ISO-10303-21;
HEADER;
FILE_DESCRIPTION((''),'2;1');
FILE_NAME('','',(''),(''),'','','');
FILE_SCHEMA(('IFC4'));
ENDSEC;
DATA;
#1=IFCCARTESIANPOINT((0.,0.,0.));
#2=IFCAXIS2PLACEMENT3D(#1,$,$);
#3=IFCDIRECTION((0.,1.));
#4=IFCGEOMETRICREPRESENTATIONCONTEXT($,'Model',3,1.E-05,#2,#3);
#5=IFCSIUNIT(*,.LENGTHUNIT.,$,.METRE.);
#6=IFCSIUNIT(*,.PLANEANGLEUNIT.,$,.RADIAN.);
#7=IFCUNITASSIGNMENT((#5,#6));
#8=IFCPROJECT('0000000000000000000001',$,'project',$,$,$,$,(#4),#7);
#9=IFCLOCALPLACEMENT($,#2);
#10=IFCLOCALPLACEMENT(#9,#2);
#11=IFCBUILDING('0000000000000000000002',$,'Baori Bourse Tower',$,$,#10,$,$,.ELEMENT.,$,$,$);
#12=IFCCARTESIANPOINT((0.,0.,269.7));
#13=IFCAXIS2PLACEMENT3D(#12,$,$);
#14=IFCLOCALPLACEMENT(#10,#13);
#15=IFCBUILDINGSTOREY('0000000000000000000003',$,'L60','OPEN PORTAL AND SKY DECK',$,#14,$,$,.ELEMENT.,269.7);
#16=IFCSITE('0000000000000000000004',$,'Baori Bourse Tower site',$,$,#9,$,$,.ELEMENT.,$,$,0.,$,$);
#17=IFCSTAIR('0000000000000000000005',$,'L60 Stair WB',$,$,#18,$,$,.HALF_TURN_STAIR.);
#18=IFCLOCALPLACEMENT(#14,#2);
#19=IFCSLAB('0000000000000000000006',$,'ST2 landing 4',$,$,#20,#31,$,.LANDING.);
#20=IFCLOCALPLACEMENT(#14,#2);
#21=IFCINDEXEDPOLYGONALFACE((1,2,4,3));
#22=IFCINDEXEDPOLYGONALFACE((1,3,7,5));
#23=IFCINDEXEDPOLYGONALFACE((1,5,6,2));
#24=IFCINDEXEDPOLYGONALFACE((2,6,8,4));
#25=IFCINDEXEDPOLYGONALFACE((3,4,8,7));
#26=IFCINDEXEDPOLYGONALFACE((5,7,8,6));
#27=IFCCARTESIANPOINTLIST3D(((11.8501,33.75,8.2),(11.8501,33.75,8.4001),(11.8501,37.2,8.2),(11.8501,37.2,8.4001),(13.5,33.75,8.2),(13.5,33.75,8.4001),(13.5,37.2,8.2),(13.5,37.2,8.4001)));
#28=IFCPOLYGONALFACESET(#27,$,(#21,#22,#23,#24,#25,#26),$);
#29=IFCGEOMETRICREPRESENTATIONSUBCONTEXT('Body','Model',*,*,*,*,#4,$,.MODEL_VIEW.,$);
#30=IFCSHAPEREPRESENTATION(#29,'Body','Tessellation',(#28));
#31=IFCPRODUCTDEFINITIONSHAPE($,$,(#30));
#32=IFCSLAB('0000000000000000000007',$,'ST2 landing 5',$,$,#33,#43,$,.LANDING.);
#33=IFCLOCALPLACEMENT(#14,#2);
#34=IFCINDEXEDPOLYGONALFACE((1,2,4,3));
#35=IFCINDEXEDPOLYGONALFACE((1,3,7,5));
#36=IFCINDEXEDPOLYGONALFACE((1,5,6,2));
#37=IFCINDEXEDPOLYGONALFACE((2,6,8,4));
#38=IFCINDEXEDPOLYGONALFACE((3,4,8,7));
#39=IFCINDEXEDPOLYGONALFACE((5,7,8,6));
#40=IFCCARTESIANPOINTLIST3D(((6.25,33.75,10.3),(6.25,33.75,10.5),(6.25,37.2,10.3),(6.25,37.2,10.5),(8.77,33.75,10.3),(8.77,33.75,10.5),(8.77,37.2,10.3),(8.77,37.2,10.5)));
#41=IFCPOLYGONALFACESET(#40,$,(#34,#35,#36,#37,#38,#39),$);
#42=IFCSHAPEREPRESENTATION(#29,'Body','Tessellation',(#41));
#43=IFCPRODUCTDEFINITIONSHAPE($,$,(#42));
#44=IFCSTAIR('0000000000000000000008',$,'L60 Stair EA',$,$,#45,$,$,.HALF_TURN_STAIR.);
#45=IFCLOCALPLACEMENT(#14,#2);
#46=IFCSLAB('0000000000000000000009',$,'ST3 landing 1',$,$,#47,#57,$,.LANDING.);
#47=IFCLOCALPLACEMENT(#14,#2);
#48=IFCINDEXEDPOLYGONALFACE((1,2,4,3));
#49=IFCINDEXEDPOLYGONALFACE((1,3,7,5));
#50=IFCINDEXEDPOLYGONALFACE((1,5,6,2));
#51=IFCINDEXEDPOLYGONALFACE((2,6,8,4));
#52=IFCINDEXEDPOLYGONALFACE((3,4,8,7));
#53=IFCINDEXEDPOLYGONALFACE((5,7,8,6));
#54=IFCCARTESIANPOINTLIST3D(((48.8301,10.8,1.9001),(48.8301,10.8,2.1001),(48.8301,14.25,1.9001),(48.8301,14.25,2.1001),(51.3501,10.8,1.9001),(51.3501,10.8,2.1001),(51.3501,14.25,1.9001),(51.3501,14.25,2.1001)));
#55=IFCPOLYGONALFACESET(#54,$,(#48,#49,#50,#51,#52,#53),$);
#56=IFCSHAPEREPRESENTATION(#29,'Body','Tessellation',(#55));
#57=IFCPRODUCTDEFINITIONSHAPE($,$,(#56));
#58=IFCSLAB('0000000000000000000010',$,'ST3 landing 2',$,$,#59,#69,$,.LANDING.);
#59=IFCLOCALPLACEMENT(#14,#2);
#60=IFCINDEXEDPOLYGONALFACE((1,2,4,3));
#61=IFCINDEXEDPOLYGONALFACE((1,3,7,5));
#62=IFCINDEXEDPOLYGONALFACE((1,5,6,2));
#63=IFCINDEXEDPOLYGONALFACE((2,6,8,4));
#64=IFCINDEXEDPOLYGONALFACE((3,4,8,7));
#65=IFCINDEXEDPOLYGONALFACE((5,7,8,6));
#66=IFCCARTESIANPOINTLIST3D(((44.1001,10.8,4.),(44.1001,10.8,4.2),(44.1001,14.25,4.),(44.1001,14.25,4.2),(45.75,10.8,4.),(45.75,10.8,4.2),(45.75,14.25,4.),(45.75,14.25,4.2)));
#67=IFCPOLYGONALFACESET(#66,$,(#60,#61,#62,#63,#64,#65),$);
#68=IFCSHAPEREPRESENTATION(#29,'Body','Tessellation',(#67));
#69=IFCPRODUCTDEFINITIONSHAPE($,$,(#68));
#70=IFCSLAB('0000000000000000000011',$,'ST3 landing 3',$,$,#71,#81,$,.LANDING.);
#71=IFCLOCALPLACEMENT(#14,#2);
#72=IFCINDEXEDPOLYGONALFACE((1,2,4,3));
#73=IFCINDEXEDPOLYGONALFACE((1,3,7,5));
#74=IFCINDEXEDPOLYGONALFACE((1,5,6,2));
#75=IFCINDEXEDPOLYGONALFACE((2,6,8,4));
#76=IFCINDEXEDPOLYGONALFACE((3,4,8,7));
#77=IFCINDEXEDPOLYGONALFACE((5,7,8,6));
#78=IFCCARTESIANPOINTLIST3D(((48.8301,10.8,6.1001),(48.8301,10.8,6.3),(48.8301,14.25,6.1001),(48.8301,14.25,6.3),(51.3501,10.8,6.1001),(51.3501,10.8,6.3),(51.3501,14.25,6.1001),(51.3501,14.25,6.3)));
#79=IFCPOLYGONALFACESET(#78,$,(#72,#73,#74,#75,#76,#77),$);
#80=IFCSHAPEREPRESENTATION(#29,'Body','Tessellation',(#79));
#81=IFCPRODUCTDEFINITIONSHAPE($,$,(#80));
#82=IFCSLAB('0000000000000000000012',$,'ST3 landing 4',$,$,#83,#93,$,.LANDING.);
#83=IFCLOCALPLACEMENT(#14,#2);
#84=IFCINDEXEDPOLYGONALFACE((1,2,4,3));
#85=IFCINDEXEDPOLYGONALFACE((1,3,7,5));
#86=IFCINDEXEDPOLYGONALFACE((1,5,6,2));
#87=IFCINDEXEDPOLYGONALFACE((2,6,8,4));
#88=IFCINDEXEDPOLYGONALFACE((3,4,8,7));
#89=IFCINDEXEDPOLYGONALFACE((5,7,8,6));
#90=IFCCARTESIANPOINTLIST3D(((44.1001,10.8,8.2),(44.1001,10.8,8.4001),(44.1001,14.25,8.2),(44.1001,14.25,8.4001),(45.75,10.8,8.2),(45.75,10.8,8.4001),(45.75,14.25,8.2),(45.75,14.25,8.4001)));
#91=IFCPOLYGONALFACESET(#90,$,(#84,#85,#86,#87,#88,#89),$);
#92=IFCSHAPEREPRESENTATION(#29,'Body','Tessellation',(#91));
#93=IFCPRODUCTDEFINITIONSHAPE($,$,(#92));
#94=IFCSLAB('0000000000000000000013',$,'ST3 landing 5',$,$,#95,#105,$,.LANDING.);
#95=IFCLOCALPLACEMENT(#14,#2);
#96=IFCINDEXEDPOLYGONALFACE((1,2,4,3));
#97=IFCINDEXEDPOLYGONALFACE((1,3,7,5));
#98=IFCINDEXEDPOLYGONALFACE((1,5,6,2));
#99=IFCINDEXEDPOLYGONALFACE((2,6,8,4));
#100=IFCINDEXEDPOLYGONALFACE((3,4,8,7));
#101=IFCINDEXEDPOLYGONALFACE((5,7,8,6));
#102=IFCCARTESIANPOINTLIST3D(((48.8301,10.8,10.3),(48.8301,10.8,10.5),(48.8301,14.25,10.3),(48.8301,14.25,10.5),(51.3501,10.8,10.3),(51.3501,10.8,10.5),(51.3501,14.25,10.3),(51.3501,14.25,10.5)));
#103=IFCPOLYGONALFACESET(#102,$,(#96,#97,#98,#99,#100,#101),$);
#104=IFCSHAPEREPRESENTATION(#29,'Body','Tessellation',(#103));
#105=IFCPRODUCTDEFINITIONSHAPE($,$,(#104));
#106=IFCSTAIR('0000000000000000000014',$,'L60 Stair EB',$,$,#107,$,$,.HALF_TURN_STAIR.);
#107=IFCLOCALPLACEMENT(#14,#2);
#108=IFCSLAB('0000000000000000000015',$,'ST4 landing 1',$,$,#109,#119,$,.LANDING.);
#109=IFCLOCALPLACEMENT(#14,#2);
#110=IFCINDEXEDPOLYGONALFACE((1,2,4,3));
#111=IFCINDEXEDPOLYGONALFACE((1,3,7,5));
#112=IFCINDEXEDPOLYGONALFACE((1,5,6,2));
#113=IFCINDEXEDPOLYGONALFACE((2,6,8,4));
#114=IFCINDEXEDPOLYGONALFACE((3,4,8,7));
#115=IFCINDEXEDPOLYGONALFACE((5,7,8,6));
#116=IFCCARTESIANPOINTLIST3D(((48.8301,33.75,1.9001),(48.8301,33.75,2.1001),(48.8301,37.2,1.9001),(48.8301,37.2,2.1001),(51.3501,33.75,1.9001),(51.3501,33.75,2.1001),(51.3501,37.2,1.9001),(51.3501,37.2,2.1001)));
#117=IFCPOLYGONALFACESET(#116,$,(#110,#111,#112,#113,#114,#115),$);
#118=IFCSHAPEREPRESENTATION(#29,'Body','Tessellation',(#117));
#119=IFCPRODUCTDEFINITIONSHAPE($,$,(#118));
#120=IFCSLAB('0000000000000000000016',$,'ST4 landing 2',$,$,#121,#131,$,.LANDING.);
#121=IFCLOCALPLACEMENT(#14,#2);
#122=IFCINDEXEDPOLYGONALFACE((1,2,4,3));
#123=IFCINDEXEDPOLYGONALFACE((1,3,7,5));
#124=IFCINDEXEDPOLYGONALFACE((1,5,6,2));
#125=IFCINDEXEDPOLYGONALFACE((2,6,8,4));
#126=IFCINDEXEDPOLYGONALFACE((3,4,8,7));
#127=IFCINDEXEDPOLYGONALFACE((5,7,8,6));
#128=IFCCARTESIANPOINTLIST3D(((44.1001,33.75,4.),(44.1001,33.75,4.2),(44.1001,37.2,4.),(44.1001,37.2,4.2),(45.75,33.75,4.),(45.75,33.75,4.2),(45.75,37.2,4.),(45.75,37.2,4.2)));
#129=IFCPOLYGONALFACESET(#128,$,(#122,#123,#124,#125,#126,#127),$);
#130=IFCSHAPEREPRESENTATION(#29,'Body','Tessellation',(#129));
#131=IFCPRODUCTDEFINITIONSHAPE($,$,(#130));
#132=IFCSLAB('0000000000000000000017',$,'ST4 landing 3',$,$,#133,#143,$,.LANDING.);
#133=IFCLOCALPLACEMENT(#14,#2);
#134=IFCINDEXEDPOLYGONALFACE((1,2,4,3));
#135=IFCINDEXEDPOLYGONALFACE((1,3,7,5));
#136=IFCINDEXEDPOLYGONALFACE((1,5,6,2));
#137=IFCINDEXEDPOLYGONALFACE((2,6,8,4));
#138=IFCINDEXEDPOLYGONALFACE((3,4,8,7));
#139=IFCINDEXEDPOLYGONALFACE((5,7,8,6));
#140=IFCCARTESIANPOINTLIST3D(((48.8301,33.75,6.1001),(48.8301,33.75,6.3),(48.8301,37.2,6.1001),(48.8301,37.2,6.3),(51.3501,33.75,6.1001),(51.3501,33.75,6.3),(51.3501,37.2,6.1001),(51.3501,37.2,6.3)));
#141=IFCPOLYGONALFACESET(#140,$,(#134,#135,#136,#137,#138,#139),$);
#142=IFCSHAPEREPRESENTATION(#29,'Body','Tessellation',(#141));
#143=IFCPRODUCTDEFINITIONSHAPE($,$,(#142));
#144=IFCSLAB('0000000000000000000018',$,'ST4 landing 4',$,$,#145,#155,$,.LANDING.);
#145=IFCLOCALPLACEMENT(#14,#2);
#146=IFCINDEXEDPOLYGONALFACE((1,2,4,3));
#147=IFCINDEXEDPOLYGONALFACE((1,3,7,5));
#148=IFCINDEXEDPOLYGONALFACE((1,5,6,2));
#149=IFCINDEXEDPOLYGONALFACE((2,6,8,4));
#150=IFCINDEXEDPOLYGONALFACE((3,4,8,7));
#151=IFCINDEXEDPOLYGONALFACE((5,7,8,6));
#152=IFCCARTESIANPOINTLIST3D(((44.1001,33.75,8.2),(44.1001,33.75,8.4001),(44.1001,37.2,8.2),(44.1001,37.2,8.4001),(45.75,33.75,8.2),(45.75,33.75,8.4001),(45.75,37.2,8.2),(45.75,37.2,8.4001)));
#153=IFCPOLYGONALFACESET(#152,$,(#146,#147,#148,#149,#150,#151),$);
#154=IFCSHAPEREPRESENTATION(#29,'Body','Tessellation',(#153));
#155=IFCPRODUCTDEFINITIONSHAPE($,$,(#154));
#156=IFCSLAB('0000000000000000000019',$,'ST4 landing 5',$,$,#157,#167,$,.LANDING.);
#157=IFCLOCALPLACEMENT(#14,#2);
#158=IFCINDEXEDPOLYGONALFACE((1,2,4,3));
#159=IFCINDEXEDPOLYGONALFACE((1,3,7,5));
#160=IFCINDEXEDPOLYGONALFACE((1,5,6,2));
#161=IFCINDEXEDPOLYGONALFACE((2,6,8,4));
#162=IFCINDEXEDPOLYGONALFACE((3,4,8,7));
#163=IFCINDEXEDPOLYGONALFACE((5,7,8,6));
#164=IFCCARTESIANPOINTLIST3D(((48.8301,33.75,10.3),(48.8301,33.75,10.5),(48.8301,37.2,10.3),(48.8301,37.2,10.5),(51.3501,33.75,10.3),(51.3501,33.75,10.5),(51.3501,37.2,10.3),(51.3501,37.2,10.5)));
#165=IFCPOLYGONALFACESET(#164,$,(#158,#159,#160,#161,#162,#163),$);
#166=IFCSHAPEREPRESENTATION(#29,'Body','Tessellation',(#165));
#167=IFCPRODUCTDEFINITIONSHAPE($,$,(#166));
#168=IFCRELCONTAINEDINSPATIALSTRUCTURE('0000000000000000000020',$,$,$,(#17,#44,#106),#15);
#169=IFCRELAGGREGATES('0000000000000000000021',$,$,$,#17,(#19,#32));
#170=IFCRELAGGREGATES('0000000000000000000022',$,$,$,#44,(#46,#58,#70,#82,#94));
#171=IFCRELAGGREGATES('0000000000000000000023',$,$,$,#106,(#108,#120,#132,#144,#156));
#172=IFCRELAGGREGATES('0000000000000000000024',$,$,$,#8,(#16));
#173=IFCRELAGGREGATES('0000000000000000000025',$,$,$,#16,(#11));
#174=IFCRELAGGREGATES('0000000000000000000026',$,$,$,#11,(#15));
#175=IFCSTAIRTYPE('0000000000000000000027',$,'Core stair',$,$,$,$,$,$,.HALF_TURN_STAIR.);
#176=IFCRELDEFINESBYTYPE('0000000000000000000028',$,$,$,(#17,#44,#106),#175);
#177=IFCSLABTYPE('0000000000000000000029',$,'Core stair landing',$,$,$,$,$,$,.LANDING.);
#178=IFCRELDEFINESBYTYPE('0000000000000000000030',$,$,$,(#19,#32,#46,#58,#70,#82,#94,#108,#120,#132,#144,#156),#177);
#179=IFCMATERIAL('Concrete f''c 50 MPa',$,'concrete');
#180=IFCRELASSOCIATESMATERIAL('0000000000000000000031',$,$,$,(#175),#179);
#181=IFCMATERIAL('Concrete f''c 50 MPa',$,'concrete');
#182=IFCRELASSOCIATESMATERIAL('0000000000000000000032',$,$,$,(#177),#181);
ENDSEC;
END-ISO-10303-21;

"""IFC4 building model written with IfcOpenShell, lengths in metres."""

from ifc_helpers import new_model, si_unit, direction, frame, origin, place, context, subcontext, project, spatial, polyline, outline, extrude, material, type_object, element, aggregate, save


model = new_model("IFC4")

# Units and contexts
model_context = context("Model", 3, precision=1e-05, world=origin(), true_north=direction((0.0, 1.0)))
body_context = subcontext(model_context, "Body", "Model", "MODEL_VIEW")
ifc_project = project(units=[si_unit("LENGTHUNIT", "METRE"), si_unit("PLANEANGLEUNIT", "RADIAN")], contexts=[model_context])

# Site, building, storey
site_placement = place(None, origin())
site = spatial("IfcSite", under=ifc_project, at=site_placement, Name="Baori Bourse Tower site", CompositionType="ELEMENT", RefElevation=0.0)
building_placement = place(site_placement, origin())
building = spatial("IfcBuilding", under=site, at=building_placement, Name="Baori Bourse Tower", CompositionType="ELEMENT")
storey_placement = place(building_placement, frame((0.0, 0.0, 269.7)))
storey = spatial("IfcBuildingStorey", under=building, at=storey_placement, Name="L60", Description="OPEN PORTAL AND SKY DECK", CompositionType="ELEMENT", Elevation=269.7)

# Stairs, slabs
ifc_material_1 = material(Name="Concrete f'c 50 MPa", Category="concrete")
stair_type = type_object("IfcStairType", Name="Core stair", PredefinedType="HALF_TURN_STAIR", material=ifc_material_1)
ifc_material_2 = material(Name="Concrete f'c 50 MPa", Category="concrete")
slab_type_1 = type_object("IfcSlabType", Name="Core stair landing", PredefinedType="LANDING", material=ifc_material_2)
stair_1_placement = place(storey_placement, origin())
stair_1 = element("IfcStair", 1, at=stair_1_placement, inside=storey, type_object=stair_type, Name="L60 Stair WB", PredefinedType="HALF_TURN_STAIR")
slab_1_placement = place(storey_placement, frame((0.0, 0.0, 8.2)))
slab_1 = element("IfcSlab", 2, at=slab_1_placement, type_object=slab_type_1, Name="ST2 landing 4", PredefinedType="LANDING", context=body_context, shape_type="SweptSolid", body=[
    extrude(outline(polyline([(13.5, 37.2), (11.8501, 37.2), (11.8501, 33.75), (13.5, 33.75), (13.5, 37.2)])), origin(), (0.0, 0.0, 1.0), 0.2002),
])
slab_2_placement = place(storey_placement, frame((0.0, 0.0, 10.3)))
slab_2 = element("IfcSlab", 3, at=slab_2_placement, type_object=slab_type_1, Name="ST2 landing 5", PredefinedType="LANDING", context=body_context, shape_type="SweptSolid", body=[
    extrude(outline(polyline([(8.77, 37.2), (6.25, 37.2), (6.25, 33.75), (8.77, 33.75), (8.77, 37.2)])), origin(), (0.0, 0.0, 1.0), 0.2),
])
aggregate(stair_1, [slab_1, slab_2])
stair_2_placement = place(storey_placement, origin())
stair_2 = element("IfcStair", 4, at=stair_2_placement, inside=storey, type_object=stair_type, Name="L60 Stair EA", PredefinedType="HALF_TURN_STAIR")
slab_3_placement = place(storey_placement, frame((0.0, 0.0, 1.9001)))
slab_3 = element("IfcSlab", 5, at=slab_3_placement, type_object=slab_type_1, Name="ST3 landing 1", PredefinedType="LANDING", context=body_context, shape_type="SweptSolid", body=[
    extrude(outline(polyline([(48.8301, 10.8), (51.3501, 10.8), (51.3501, 14.25), (48.8301, 14.25), (48.8301, 10.8)])), origin(), (0.0, 0.0, 1.0), 0.2),
])
slab_4_placement = place(storey_placement, frame((0.0, 0.0, 4.0)))
slab_4 = element("IfcSlab", 6, at=slab_4_placement, type_object=slab_type_1, Name="ST3 landing 2", PredefinedType="LANDING", context=body_context, shape_type="SweptSolid", body=[
    extrude(outline(polyline([(44.1001, 10.8), (45.75, 10.8), (45.75, 14.25), (44.1001, 14.25), (44.1001, 10.8)])), origin(), (0.0, 0.0, 1.0), 0.2),
])
slab_5_placement = place(storey_placement, frame((0.0, 0.0, 6.1001)))
slab_5 = element("IfcSlab", 7, at=slab_5_placement, type_object=slab_type_1, Name="ST3 landing 3", PredefinedType="LANDING", context=body_context, shape_type="SweptSolid", body=[
    extrude(outline(polyline([(48.8301, 10.8), (51.3501, 10.8), (51.3501, 14.25), (48.8301, 14.25), (48.8301, 10.8)])), origin(), (0.0, 0.0, 1.0), 0.2),
])
slab_6_placement = place(storey_placement, frame((0.0, 0.0, 8.2)))
slab_6 = element("IfcSlab", 8, at=slab_6_placement, type_object=slab_type_1, Name="ST3 landing 4", PredefinedType="LANDING", context=body_context, shape_type="SweptSolid", body=[
    extrude(outline(polyline([(44.1001, 10.8), (45.75, 10.8), (45.75, 14.25), (44.1001, 14.25), (44.1001, 10.8)])), origin(), (0.0, 0.0, 1.0), 0.2002),
])
slab_7_placement = place(storey_placement, frame((0.0, 0.0, 10.3)))
slab_7 = element("IfcSlab", 9, at=slab_7_placement, type_object=slab_type_1, Name="ST3 landing 5", PredefinedType="LANDING", context=body_context, shape_type="SweptSolid", body=[
    extrude(outline(polyline([(48.8301, 10.8), (51.3501, 10.8), (51.3501, 14.25), (48.8301, 14.25), (48.8301, 10.8)])), origin(), (0.0, 0.0, 1.0), 0.2),
])
aggregate(stair_2, [slab_3, slab_4, slab_5, slab_6, slab_7])
stair_3_placement = place(storey_placement, origin())
stair_3 = element("IfcStair", 10, at=stair_3_placement, inside=storey, type_object=stair_type, Name="L60 Stair EB", PredefinedType="HALF_TURN_STAIR")
slab_8_placement = place(storey_placement, frame((0.0, 0.0, 1.9001)))
slab_8 = element("IfcSlab", 11, at=slab_8_placement, type_object=slab_type_1, Name="ST4 landing 1", PredefinedType="LANDING", context=body_context, shape_type="SweptSolid", body=[
    extrude(outline(polyline([(48.8301, 33.75), (51.3501, 33.75), (51.3501, 37.2), (48.8301, 37.2), (48.8301, 33.75)])), origin(), (0.0, 0.0, 1.0), 0.2),
])
slab_9_placement = place(storey_placement, frame((0.0, 0.0, 4.0)))
slab_9 = element("IfcSlab", 12, at=slab_9_placement, type_object=slab_type_1, Name="ST4 landing 2", PredefinedType="LANDING", context=body_context, shape_type="SweptSolid", body=[
    extrude(outline(polyline([(44.1001, 33.75), (45.75, 33.75), (45.75, 37.2), (44.1001, 37.2), (44.1001, 33.75)])), origin(), (0.0, 0.0, 1.0), 0.2),
])
slab_10_placement = place(storey_placement, frame((0.0, 0.0, 6.1001)))
slab_10 = element("IfcSlab", 13, at=slab_10_placement, type_object=slab_type_1, Name="ST4 landing 3", PredefinedType="LANDING", context=body_context, shape_type="SweptSolid", body=[
    extrude(outline(polyline([(48.8301, 33.75), (51.3501, 33.75), (51.3501, 37.2), (48.8301, 37.2), (48.8301, 33.75)])), origin(), (0.0, 0.0, 1.0), 0.2),
])
slab_11_placement = place(storey_placement, frame((0.0, 0.0, 8.2)))
slab_11 = element("IfcSlab", 14, at=slab_11_placement, type_object=slab_type_1, Name="ST4 landing 4", PredefinedType="LANDING", context=body_context, shape_type="SweptSolid", body=[
    extrude(outline(polyline([(44.1001, 33.75), (45.75, 33.75), (45.75, 37.2), (44.1001, 37.2), (44.1001, 33.75)])), origin(), (0.0, 0.0, 1.0), 0.2002),
])
slab_12_placement = place(storey_placement, frame((0.0, 0.0, 10.3)))
slab_12 = element("IfcSlab", 15, at=slab_12_placement, type_object=slab_type_1, Name="ST4 landing 5", PredefinedType="LANDING", context=body_context, shape_type="SweptSolid", body=[
    extrude(outline(polyline([(48.8301, 33.75), (51.3501, 33.75), (51.3501, 37.2), (48.8301, 37.2), (48.8301, 33.75)])), origin(), (0.0, 0.0, 1.0), 0.2),
])
aggregate(stair_3, [slab_8, slab_9, slab_10, slab_11, slab_12])

save(model, "model.ifc")
